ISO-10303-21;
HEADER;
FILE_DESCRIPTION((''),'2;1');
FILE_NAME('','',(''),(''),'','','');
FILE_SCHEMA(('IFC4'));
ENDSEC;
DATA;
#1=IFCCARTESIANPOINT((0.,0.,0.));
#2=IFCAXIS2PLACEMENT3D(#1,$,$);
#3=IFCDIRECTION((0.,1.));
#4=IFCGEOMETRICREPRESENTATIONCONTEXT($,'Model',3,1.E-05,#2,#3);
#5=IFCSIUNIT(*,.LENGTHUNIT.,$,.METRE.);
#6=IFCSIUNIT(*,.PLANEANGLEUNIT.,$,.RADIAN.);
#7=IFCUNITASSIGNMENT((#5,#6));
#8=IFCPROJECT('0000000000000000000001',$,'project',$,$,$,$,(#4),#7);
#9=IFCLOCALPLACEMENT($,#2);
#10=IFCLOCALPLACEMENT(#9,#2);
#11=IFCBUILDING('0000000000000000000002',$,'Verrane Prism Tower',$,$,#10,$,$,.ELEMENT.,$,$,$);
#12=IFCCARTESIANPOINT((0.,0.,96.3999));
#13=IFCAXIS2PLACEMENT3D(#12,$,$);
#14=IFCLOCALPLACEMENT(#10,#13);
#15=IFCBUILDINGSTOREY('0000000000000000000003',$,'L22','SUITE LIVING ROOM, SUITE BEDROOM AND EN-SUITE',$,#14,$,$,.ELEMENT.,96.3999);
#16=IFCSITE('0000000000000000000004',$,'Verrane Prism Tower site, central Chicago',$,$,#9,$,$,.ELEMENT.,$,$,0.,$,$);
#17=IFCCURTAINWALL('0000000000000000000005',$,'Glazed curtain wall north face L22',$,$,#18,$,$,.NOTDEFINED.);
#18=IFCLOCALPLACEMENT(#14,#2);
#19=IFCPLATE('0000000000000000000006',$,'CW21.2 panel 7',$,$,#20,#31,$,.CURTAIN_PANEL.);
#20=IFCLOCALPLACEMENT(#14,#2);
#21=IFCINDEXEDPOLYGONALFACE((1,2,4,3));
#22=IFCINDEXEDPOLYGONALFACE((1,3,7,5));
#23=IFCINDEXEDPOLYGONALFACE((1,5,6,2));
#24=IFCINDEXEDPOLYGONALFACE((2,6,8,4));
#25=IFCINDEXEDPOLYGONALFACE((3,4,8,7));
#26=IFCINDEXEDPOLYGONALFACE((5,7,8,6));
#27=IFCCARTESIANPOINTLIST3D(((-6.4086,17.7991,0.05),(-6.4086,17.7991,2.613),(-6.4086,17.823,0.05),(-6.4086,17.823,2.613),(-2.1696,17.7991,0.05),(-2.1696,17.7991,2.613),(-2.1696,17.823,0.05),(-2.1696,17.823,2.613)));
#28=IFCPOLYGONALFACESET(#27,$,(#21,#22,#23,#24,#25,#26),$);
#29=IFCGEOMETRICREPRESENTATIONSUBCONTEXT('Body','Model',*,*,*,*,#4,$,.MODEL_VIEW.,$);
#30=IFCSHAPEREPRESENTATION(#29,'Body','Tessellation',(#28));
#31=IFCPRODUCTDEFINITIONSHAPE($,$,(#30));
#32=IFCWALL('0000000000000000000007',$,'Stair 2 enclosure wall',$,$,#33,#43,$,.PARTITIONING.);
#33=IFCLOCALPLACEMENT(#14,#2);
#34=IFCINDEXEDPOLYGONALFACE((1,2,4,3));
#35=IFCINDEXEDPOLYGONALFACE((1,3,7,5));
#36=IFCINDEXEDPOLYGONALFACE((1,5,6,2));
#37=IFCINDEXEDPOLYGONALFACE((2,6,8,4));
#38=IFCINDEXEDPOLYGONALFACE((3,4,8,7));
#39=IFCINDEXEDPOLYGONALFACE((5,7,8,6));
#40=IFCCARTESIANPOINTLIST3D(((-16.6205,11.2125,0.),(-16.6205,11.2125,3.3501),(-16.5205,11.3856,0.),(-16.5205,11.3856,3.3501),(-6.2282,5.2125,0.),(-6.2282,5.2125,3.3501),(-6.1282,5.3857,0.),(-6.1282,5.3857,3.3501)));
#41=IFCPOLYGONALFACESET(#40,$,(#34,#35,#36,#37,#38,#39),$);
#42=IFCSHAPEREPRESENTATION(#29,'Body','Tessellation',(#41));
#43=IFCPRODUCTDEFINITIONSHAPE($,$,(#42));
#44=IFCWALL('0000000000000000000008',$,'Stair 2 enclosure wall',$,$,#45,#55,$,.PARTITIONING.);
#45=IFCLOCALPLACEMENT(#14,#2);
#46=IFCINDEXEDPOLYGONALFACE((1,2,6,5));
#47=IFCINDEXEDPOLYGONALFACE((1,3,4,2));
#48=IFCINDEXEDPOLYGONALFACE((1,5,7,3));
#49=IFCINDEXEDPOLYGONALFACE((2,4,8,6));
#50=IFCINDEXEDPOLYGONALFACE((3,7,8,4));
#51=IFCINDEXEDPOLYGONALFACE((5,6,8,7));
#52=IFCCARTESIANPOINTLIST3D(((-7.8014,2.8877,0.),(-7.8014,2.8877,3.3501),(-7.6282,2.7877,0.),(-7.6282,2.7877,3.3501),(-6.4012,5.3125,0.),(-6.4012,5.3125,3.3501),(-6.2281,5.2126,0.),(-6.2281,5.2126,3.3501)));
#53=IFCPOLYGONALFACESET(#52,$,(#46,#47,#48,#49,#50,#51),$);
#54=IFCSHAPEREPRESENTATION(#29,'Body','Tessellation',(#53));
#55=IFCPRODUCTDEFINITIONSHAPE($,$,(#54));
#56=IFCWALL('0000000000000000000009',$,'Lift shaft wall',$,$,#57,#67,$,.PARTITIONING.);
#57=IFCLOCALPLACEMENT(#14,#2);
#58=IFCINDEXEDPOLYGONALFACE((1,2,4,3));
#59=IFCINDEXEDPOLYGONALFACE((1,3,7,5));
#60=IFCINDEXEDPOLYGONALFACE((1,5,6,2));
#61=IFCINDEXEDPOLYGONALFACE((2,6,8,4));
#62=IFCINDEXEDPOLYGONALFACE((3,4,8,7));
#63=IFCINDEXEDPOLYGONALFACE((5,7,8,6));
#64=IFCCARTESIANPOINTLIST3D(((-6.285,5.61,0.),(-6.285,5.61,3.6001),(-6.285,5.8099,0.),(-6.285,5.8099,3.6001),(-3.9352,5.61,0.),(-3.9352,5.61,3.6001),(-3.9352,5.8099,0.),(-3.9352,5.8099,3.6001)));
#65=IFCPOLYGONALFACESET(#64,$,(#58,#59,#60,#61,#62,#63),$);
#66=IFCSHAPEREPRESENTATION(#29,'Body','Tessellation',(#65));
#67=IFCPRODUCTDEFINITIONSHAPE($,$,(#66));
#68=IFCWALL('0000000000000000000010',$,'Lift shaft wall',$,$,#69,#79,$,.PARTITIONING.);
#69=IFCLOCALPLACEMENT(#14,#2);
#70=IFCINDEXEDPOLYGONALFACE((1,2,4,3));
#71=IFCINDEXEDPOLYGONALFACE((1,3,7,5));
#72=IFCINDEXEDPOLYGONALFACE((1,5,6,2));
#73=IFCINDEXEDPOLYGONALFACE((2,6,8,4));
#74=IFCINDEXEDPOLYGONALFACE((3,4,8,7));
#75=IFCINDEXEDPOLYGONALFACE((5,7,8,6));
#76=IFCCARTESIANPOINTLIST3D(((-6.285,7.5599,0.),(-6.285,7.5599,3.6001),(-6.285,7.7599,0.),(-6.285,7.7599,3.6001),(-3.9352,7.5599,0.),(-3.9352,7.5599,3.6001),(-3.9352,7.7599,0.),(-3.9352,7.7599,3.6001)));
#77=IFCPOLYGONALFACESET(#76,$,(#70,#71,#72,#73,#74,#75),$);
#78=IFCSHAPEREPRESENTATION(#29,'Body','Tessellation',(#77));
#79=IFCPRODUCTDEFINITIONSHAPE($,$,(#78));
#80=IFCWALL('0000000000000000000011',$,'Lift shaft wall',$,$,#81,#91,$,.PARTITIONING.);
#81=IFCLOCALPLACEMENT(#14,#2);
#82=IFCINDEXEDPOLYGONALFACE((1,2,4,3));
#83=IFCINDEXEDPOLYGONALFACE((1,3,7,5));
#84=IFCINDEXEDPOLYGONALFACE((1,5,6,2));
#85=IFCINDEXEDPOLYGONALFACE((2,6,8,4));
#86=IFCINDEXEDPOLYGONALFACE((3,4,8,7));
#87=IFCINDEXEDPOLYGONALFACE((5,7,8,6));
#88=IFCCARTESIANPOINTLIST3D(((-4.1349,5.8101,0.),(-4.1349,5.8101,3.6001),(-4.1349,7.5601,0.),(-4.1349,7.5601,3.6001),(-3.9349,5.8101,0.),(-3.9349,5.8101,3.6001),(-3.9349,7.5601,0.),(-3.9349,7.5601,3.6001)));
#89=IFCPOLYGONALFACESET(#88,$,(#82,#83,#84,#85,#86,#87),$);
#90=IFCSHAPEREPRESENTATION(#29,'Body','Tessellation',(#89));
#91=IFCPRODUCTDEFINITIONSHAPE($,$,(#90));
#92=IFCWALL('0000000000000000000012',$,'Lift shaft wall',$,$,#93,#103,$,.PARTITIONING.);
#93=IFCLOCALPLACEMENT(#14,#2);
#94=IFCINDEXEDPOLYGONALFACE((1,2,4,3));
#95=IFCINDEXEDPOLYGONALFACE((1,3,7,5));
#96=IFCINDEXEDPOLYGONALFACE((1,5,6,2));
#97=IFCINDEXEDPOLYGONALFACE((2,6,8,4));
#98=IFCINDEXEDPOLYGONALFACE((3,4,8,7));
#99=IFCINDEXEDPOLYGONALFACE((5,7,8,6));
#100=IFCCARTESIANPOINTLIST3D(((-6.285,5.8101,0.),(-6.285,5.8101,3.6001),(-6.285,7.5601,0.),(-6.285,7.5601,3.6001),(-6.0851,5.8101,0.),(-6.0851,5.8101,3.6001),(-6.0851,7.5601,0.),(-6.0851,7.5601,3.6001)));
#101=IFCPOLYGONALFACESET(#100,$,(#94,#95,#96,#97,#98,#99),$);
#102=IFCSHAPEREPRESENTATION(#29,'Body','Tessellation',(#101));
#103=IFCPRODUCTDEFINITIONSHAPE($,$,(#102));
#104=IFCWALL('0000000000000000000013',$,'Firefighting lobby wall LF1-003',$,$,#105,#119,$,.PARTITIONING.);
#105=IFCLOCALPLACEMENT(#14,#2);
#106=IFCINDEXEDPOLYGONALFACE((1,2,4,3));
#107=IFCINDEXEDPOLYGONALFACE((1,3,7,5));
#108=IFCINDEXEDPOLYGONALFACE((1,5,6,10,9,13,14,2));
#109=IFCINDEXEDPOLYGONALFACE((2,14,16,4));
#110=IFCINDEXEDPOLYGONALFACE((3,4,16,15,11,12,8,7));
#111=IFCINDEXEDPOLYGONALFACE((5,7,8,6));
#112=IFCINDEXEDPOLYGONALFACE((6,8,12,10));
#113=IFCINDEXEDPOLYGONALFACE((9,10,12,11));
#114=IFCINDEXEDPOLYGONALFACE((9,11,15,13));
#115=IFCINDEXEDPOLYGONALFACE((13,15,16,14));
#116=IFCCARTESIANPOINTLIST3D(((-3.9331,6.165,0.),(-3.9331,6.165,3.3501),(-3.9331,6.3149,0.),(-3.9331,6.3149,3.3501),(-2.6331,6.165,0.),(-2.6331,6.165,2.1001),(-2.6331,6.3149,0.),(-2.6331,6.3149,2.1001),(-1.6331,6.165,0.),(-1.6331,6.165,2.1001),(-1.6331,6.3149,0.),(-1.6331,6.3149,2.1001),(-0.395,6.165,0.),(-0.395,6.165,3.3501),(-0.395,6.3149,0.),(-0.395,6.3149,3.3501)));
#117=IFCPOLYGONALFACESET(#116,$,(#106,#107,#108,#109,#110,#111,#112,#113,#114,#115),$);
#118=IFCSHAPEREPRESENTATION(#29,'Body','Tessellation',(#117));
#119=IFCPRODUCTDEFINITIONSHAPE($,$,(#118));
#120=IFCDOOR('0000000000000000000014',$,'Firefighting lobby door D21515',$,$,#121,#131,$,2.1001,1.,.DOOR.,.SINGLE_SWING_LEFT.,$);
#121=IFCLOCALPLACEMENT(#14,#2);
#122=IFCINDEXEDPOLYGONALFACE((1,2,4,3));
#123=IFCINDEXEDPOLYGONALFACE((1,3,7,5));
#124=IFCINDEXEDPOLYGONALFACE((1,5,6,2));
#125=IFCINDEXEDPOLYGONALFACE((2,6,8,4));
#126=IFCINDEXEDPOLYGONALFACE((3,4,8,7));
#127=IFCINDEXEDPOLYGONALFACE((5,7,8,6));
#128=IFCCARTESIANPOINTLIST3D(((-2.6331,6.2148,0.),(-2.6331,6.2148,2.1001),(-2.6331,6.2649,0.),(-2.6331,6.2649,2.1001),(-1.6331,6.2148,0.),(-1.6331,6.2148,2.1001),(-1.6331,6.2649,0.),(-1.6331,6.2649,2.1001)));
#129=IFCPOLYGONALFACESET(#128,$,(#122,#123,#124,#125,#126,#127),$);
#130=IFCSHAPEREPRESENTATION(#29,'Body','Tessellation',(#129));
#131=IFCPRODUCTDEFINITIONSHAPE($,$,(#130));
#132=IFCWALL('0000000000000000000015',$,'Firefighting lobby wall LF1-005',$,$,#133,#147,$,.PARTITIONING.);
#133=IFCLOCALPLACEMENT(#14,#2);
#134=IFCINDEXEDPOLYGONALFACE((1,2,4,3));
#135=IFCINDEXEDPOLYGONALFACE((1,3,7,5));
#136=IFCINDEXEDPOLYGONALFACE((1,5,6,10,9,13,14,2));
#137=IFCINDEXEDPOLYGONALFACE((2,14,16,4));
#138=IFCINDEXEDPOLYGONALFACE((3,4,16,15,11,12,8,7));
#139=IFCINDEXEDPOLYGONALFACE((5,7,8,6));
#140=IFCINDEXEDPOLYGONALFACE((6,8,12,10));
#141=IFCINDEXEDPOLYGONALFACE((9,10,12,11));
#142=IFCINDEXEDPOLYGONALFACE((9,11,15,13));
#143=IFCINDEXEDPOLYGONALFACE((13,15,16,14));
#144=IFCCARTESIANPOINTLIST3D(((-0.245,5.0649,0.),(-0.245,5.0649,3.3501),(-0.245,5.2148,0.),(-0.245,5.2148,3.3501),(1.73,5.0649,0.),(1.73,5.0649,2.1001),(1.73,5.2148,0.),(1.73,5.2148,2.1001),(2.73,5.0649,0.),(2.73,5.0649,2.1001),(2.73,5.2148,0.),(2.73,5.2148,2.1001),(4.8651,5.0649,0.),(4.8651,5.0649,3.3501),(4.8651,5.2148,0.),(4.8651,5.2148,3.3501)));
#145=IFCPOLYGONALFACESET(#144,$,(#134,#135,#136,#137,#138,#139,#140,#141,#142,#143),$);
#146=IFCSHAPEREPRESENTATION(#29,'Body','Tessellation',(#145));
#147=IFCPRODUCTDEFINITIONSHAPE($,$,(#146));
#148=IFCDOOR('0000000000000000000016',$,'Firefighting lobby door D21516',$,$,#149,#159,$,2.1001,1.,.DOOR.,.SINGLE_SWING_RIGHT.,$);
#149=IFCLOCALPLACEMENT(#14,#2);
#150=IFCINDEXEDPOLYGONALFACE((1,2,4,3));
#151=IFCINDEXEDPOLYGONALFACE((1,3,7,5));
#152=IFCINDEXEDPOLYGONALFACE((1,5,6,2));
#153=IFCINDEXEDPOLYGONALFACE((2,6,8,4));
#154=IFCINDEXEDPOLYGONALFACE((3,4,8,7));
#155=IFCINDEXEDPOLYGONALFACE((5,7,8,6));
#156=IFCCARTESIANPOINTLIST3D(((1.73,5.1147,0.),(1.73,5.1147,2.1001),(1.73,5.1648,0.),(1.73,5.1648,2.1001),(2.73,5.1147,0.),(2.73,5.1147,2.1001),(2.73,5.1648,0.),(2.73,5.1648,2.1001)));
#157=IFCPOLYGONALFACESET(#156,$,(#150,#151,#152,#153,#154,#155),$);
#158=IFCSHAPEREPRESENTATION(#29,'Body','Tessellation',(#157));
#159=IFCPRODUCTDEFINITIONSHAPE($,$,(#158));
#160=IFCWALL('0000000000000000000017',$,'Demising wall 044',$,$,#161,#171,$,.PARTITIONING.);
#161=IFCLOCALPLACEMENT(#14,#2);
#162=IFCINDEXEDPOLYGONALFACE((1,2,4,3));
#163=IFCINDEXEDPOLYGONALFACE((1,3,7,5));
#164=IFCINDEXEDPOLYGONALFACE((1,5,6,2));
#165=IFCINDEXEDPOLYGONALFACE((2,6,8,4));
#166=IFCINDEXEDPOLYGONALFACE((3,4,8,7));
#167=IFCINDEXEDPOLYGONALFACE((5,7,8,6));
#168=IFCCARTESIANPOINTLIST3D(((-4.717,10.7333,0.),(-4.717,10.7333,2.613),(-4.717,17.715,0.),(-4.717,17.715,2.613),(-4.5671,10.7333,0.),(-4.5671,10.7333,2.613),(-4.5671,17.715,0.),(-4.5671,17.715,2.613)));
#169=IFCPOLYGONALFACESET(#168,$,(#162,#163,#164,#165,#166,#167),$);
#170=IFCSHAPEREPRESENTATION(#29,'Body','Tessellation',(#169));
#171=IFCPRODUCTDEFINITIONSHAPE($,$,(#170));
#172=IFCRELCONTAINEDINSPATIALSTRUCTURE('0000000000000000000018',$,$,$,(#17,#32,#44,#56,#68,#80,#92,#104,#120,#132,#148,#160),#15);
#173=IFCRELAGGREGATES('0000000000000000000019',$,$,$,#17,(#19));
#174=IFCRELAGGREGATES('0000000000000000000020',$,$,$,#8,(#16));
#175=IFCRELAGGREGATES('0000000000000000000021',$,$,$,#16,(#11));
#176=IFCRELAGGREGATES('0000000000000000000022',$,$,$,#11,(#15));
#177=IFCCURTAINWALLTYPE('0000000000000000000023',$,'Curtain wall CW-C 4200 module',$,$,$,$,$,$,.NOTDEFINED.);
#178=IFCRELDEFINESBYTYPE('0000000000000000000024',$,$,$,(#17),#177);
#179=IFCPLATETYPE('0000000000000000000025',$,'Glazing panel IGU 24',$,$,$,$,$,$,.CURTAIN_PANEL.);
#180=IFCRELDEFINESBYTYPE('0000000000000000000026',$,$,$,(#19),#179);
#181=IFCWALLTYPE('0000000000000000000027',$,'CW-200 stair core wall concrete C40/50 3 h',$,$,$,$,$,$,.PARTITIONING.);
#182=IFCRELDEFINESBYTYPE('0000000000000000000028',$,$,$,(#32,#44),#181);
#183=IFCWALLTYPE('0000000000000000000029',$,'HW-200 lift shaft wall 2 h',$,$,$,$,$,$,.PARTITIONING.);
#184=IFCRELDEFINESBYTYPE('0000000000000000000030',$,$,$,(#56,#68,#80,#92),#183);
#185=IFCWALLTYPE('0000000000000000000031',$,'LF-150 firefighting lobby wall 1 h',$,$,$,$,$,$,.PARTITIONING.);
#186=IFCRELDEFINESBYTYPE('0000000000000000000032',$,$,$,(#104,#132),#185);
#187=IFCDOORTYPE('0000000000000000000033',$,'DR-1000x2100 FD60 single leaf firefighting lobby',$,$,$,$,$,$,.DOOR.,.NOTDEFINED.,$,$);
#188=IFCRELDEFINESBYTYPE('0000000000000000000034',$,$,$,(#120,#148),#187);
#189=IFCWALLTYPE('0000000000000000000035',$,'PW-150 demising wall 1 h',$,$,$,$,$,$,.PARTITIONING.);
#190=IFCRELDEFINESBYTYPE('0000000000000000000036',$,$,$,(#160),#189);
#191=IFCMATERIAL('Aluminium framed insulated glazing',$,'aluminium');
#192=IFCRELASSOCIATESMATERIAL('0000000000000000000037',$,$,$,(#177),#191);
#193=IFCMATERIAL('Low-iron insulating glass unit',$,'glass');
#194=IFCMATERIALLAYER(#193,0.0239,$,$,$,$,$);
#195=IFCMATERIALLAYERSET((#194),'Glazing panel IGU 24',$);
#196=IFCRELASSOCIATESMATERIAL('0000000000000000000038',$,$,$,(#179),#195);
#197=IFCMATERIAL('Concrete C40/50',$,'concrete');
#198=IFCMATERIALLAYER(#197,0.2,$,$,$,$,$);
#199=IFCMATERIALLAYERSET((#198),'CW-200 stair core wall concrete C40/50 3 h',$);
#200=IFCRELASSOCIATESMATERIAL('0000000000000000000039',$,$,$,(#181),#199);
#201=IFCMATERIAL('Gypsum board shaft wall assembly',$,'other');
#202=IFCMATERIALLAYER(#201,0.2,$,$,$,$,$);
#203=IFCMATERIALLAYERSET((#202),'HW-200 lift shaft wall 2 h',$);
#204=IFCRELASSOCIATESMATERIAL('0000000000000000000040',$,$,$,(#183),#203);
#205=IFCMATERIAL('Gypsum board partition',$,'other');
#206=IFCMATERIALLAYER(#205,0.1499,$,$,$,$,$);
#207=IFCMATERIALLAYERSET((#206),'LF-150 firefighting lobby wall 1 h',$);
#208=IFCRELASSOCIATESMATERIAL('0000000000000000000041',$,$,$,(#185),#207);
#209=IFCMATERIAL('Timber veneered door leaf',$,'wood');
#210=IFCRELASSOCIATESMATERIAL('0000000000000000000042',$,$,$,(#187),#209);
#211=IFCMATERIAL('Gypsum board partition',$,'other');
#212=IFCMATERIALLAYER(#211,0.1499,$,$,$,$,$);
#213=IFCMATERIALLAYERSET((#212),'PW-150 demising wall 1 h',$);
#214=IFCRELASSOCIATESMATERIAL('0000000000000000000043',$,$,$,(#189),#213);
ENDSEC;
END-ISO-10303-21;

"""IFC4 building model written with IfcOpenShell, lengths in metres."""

from ifc_helpers import new_model, si_unit, direction, frame, frame_2d, origin, origin_2d, place, context, subcontext, project, spatial, rectangle, extrude, material, layer, layer_set, type_object, element, fill, aggregate, save


model = new_model("IFC4")

# Units and contexts
model_context = context("Model", 3, precision=1e-05, world=origin(), true_north=direction((0.0, 1.0)))
body_context = subcontext(model_context, "Body", "Model", "MODEL_VIEW")
ifc_project = project(units=[si_unit("LENGTHUNIT", "METRE"), si_unit("PLANEANGLEUNIT", "RADIAN")], contexts=[model_context])

# Site, building, storey
site_placement = place(None, origin())
site = spatial("IfcSite", under=ifc_project, at=site_placement, Name="Verrane Prism Tower site, central Chicago", CompositionType="ELEMENT", RefElevation=0.0)
building_placement = place(site_placement, origin())
building = spatial("IfcBuilding", under=site, at=building_placement, Name="Verrane Prism Tower", CompositionType="ELEMENT")
storey_placement = place(building_placement, frame((0.0, 0.0, 96.3999)))
storey = spatial("IfcBuildingStorey", under=building, at=storey_placement, Name="L22", Description="SUITE LIVING ROOM, SUITE BEDROOM AND EN-SUITE", CompositionType="ELEMENT", Elevation=96.3999)

# Curtain wall
ifc_material_1 = material(Name="Aluminium framed insulated glazing", Category="aluminium")
curtain_wall_type = type_object("IfcCurtainWallType", Name="Curtain wall CW-C 4200 module", PredefinedType="NOTDEFINED", material=ifc_material_1)
curtain_wall_placement = place(storey_placement, origin())
curtain_wall = element("IfcCurtainWall", 1, at=curtain_wall_placement, inside=storey, type_object=curtain_wall_type, Name="Glazed curtain wall north face L22", PredefinedType="NOTDEFINED")

# Plate
ifc_material_2 = material(Name="Low-iron insulating glass unit", Category="glass")
ifc_layer_1 = layer(ifc_material_2, 0.0239)
ifc_layer_set_1 = layer_set([ifc_layer_1], Name="Glazing panel IGU 24")
plate_type = type_object("IfcPlateType", Name="Glazing panel IGU 24", PredefinedType="CURTAIN_PANEL", material=ifc_layer_set_1)
plate_1_placement = place(storey_placement, frame((-4.2891, 17.811, 0.05), z_axis=(0.0, 0.0, 1.0), x_axis=(-1.0, 0.0, 0.0)))
plate_1 = element("IfcPlate", 2, at=plate_1_placement, type_object=plate_type, Name="CW21.2 panel 7", PredefinedType="CURTAIN_PANEL", context=body_context, shape_type="SweptSolid", body=[
    extrude(rectangle(XDim=4.239, YDim=0.0239, at=origin_2d()), origin(), (0.0, 0.0, 1.0), 2.563),
])
aggregate(curtain_wall, [plate_1])

# Walls
ifc_material_3 = material(Name="Concrete C40/50", Category="concrete")
ifc_layer_2 = layer(ifc_material_3, 0.2)
ifc_layer_set_2 = layer_set([ifc_layer_2], Name="CW-200 stair core wall concrete C40/50 3 h")
wall_type_1 = type_object("IfcWallType", Name="CW-200 stair core wall concrete C40/50 3 h", PredefinedType="PARTITIONING", material=ifc_layer_set_2)
wall_1_placement = place(storey_placement, frame((-6.1782, 5.2991, 0.0), z_axis=(0.0, 0.0, 1.0), x_axis=(-0.866026, 0.499999, 0.0)))
element("IfcWall", 3, at=wall_1_placement, inside=storey, type_object=wall_type_1, Name="Stair 2 enclosure wall", PredefinedType="PARTITIONING", context=body_context, shape_type="SweptSolid", body=[
    extrude(rectangle(XDim=12.0, YDim=0.2, at=frame_2d((6.0, 0.0))), origin(), (0.0, 0.0, 1.0), 3.3501),
])
wall_2_placement = place(storey_placement, frame((-6.3147, 5.2625, 0.0), z_axis=(0.0, 0.0, 1.0), x_axis=(-0.50005, -0.865997, 0.0)))
element("IfcWall", 4, at=wall_2_placement, inside=storey, type_object=wall_type_1, Name="Stair 2 enclosure wall", PredefinedType="PARTITIONING", context=body_context, shape_type="SweptSolid", body=[
    extrude(rectangle(XDim=2.8, YDim=0.2, at=frame_2d((1.3999, 0.0))), origin(), (0.0, 0.0, 1.0), 3.3501),
])
ifc_material_4 = material(Name="Gypsum board shaft wall assembly", Category="other")
ifc_layer_3 = layer(ifc_material_4, 0.2)
ifc_layer_set_3 = layer_set([ifc_layer_3], Name="HW-200 lift shaft wall 2 h")
wall_type_2 = type_object("IfcWallType", Name="HW-200 lift shaft wall 2 h", PredefinedType="PARTITIONING", material=ifc_layer_set_3)
for number, where, z_axis, x_axis, name in (
    (5, (-6.2849, 5.71, 0.0), (0.0, 0.0, 1.0), (1.0, 0.0, 0.0), "Lift shaft wall"),
    (6, (-6.2849, 7.6599, 0.0), (0.0, 0.0, 1.0), (1.0, 0.0, 0.0), "Lift shaft wall"),
):
    element("IfcWall", number, at=place(storey_placement, frame(where, z_axis=z_axis, x_axis=x_axis)), inside=storey, type_object=wall_type_2, Name=name, PredefinedType="PARTITIONING", context=body_context, shape_type="SweptSolid", body=[
        extrude(rectangle(XDim=2.3499, YDim=0.2, at=frame_2d((1.1748, 0.0))), origin(), (0.0, 0.0, 1.0), 3.6001),
    ])
for number, where, z_axis, x_axis, name in (
    (7, (-4.0349, 5.8101, 0.0), (0.0, 0.0, 1.0), (0.0, 1.0, 0.0), "Lift shaft wall"),
    (8, (-6.1851, 5.8101, 0.0), (0.0, 0.0, 1.0), (0.0, 1.0, 0.0), "Lift shaft wall"),
):
    element("IfcWall", number, at=place(storey_placement, frame(where, z_axis=z_axis, x_axis=x_axis)), inside=storey, type_object=wall_type_2, Name=name, PredefinedType="PARTITIONING", context=body_context, shape_type="SweptSolid", body=[
        extrude(rectangle(XDim=1.75, YDim=0.2, at=frame_2d((0.875, 0.0))), origin(), (0.0, 0.0, 1.0), 3.6001),
    ])

# Walls, openings, doors
ifc_material_5 = material(Name="Gypsum board partition", Category="other")
ifc_layer_4 = layer(ifc_material_5, 0.1499)
ifc_layer_set_4 = layer_set([ifc_layer_4], Name="LF-150 firefighting lobby wall 1 h")
wall_type_3 = type_object("IfcWallType", Name="LF-150 firefighting lobby wall 1 h", PredefinedType="PARTITIONING", material=ifc_layer_set_4)
wall_3_placement = place(storey_placement, frame((-3.9331, 6.24, 0.0), z_axis=(0.0, 0.0, 1.0), x_axis=(1.0, 0.0, 0.0)))
wall_3 = element("IfcWall", 9, at=wall_3_placement, inside=storey, type_object=wall_type_3, Name="Firefighting lobby wall LF1-003", PredefinedType="PARTITIONING", context=body_context, shape_type="SweptSolid", body=[
    extrude(rectangle(XDim=3.5381, YDim=0.1499, at=frame_2d((1.769, 0.0))), origin(), (0.0, 0.0, 1.0), 3.3501),
])
opening_1_placement = place(wall_3_placement, frame((1.3, 0.0, 0.0)))
opening_1 = element("IfcOpeningElement", 10, at=opening_1_placement, cuts=wall_3, PredefinedType="OPENING", context=body_context, shape_type="SweptSolid", body=[
    extrude(rectangle(XDim=1.0, YDim=2.1001, at=frame_2d((0.5, 1.05))), frame((0.0, 0.085, 0.0), z_axis=(0.0, -1.0, 0.0), x_axis=(1.0, 0.0, 0.0)), (0.0, 0.0, 1.0), 0.1699),
])
ifc_material_6 = material(Name="Timber veneered door leaf", Category="wood")
door_type_1 = type_object("IfcDoorType", Name="DR-1000x2100 FD60 single leaf firefighting lobby", OperationType="NOTDEFINED", PredefinedType="DOOR", material=ifc_material_6)
door_1_placement = place(opening_1_placement, origin())
door_1 = element("IfcDoor", 11, at=door_1_placement, inside=storey, type_object=door_type_1, Name="Firefighting lobby door D21515", OperationType="SINGLE_SWING_LEFT", OverallHeight=2.1001, OverallWidth=1.0, PredefinedType="DOOR", context=body_context, shape_type="SweptSolid", body=[
    extrude(rectangle(XDim=1.0, YDim=2.1001, at=frame_2d((0.5, 1.05))), frame((0.0, 0.0249, 0.0), z_axis=(0.0, -1.0, 0.0), x_axis=(1.0, 0.0, 0.0)), (0.0, 0.0, 1.0), 0.05),
])
fill(opening_1, door_1)
wall_4_placement = place(storey_placement, frame((-0.2451, 5.1399, 0.0), z_axis=(0.0, 0.0, 1.0), x_axis=(1.0, 0.0, 0.0)))
wall_4 = element("IfcWall", 12, at=wall_4_placement, inside=storey, type_object=wall_type_3, Name="Firefighting lobby wall LF1-005", PredefinedType="PARTITIONING", context=body_context, shape_type="SweptSolid", body=[
    extrude(rectangle(XDim=5.1101, YDim=0.1499, at=frame_2d((2.5552, 0.0))), origin(), (0.0, 0.0, 1.0), 3.3501),
])
opening_2_placement = place(wall_4_placement, frame((1.9751, 0.0, 0.0)))
opening_2 = element("IfcOpeningElement", 13, at=opening_2_placement, cuts=wall_4, PredefinedType="OPENING", context=body_context, shape_type="SweptSolid", body=[
    extrude(rectangle(XDim=1.0, YDim=2.1001, at=frame_2d((0.5, 1.05))), frame((0.0, 0.085, 0.0), z_axis=(0.0, -1.0, 0.0), x_axis=(1.0, 0.0, 0.0)), (0.0, 0.0, 1.0), 0.1699),
])
door_2_placement = place(opening_2_placement, origin())
door_2 = element("IfcDoor", 14, at=door_2_placement, inside=storey, type_object=door_type_1, Name="Firefighting lobby door D21516", OperationType="SINGLE_SWING_RIGHT", OverallHeight=2.1001, OverallWidth=1.0, PredefinedType="DOOR", context=body_context, shape_type="SweptSolid", body=[
    extrude(rectangle(XDim=1.0, YDim=2.1001, at=frame_2d((0.5, 1.05))), frame((0.0, 0.0249, 0.0), z_axis=(0.0, -1.0, 0.0), x_axis=(1.0, 0.0, 0.0)), (0.0, 0.0, 1.0), 0.05),
])
fill(opening_2, door_2)

# Wall
ifc_material_7 = material(Name="Gypsum board partition", Category="other")
ifc_layer_5 = layer(ifc_material_7, 0.1499)
ifc_layer_set_5 = layer_set([ifc_layer_5], Name="PW-150 demising wall 1 h")
wall_type_4 = type_object("IfcWallType", Name="PW-150 demising wall 1 h", PredefinedType="PARTITIONING", material=ifc_layer_set_5)
wall_5_placement = place(storey_placement, frame((-4.6421, 10.7334, 0.0), z_axis=(0.0, 0.0, 1.0), x_axis=(0.0, 1.0, 0.0)))
element("IfcWall", 15, at=wall_5_placement, inside=storey, type_object=wall_type_4, Name="Demising wall 044", PredefinedType="PARTITIONING", context=body_context, shape_type="SweptSolid", body=[
    extrude(rectangle(XDim=6.9817, YDim=0.1499, at=frame_2d((3.4907, 0.0))), origin(), (0.0, 0.0, 1.0), 2.613),
])

save(model, "model.ifc")
